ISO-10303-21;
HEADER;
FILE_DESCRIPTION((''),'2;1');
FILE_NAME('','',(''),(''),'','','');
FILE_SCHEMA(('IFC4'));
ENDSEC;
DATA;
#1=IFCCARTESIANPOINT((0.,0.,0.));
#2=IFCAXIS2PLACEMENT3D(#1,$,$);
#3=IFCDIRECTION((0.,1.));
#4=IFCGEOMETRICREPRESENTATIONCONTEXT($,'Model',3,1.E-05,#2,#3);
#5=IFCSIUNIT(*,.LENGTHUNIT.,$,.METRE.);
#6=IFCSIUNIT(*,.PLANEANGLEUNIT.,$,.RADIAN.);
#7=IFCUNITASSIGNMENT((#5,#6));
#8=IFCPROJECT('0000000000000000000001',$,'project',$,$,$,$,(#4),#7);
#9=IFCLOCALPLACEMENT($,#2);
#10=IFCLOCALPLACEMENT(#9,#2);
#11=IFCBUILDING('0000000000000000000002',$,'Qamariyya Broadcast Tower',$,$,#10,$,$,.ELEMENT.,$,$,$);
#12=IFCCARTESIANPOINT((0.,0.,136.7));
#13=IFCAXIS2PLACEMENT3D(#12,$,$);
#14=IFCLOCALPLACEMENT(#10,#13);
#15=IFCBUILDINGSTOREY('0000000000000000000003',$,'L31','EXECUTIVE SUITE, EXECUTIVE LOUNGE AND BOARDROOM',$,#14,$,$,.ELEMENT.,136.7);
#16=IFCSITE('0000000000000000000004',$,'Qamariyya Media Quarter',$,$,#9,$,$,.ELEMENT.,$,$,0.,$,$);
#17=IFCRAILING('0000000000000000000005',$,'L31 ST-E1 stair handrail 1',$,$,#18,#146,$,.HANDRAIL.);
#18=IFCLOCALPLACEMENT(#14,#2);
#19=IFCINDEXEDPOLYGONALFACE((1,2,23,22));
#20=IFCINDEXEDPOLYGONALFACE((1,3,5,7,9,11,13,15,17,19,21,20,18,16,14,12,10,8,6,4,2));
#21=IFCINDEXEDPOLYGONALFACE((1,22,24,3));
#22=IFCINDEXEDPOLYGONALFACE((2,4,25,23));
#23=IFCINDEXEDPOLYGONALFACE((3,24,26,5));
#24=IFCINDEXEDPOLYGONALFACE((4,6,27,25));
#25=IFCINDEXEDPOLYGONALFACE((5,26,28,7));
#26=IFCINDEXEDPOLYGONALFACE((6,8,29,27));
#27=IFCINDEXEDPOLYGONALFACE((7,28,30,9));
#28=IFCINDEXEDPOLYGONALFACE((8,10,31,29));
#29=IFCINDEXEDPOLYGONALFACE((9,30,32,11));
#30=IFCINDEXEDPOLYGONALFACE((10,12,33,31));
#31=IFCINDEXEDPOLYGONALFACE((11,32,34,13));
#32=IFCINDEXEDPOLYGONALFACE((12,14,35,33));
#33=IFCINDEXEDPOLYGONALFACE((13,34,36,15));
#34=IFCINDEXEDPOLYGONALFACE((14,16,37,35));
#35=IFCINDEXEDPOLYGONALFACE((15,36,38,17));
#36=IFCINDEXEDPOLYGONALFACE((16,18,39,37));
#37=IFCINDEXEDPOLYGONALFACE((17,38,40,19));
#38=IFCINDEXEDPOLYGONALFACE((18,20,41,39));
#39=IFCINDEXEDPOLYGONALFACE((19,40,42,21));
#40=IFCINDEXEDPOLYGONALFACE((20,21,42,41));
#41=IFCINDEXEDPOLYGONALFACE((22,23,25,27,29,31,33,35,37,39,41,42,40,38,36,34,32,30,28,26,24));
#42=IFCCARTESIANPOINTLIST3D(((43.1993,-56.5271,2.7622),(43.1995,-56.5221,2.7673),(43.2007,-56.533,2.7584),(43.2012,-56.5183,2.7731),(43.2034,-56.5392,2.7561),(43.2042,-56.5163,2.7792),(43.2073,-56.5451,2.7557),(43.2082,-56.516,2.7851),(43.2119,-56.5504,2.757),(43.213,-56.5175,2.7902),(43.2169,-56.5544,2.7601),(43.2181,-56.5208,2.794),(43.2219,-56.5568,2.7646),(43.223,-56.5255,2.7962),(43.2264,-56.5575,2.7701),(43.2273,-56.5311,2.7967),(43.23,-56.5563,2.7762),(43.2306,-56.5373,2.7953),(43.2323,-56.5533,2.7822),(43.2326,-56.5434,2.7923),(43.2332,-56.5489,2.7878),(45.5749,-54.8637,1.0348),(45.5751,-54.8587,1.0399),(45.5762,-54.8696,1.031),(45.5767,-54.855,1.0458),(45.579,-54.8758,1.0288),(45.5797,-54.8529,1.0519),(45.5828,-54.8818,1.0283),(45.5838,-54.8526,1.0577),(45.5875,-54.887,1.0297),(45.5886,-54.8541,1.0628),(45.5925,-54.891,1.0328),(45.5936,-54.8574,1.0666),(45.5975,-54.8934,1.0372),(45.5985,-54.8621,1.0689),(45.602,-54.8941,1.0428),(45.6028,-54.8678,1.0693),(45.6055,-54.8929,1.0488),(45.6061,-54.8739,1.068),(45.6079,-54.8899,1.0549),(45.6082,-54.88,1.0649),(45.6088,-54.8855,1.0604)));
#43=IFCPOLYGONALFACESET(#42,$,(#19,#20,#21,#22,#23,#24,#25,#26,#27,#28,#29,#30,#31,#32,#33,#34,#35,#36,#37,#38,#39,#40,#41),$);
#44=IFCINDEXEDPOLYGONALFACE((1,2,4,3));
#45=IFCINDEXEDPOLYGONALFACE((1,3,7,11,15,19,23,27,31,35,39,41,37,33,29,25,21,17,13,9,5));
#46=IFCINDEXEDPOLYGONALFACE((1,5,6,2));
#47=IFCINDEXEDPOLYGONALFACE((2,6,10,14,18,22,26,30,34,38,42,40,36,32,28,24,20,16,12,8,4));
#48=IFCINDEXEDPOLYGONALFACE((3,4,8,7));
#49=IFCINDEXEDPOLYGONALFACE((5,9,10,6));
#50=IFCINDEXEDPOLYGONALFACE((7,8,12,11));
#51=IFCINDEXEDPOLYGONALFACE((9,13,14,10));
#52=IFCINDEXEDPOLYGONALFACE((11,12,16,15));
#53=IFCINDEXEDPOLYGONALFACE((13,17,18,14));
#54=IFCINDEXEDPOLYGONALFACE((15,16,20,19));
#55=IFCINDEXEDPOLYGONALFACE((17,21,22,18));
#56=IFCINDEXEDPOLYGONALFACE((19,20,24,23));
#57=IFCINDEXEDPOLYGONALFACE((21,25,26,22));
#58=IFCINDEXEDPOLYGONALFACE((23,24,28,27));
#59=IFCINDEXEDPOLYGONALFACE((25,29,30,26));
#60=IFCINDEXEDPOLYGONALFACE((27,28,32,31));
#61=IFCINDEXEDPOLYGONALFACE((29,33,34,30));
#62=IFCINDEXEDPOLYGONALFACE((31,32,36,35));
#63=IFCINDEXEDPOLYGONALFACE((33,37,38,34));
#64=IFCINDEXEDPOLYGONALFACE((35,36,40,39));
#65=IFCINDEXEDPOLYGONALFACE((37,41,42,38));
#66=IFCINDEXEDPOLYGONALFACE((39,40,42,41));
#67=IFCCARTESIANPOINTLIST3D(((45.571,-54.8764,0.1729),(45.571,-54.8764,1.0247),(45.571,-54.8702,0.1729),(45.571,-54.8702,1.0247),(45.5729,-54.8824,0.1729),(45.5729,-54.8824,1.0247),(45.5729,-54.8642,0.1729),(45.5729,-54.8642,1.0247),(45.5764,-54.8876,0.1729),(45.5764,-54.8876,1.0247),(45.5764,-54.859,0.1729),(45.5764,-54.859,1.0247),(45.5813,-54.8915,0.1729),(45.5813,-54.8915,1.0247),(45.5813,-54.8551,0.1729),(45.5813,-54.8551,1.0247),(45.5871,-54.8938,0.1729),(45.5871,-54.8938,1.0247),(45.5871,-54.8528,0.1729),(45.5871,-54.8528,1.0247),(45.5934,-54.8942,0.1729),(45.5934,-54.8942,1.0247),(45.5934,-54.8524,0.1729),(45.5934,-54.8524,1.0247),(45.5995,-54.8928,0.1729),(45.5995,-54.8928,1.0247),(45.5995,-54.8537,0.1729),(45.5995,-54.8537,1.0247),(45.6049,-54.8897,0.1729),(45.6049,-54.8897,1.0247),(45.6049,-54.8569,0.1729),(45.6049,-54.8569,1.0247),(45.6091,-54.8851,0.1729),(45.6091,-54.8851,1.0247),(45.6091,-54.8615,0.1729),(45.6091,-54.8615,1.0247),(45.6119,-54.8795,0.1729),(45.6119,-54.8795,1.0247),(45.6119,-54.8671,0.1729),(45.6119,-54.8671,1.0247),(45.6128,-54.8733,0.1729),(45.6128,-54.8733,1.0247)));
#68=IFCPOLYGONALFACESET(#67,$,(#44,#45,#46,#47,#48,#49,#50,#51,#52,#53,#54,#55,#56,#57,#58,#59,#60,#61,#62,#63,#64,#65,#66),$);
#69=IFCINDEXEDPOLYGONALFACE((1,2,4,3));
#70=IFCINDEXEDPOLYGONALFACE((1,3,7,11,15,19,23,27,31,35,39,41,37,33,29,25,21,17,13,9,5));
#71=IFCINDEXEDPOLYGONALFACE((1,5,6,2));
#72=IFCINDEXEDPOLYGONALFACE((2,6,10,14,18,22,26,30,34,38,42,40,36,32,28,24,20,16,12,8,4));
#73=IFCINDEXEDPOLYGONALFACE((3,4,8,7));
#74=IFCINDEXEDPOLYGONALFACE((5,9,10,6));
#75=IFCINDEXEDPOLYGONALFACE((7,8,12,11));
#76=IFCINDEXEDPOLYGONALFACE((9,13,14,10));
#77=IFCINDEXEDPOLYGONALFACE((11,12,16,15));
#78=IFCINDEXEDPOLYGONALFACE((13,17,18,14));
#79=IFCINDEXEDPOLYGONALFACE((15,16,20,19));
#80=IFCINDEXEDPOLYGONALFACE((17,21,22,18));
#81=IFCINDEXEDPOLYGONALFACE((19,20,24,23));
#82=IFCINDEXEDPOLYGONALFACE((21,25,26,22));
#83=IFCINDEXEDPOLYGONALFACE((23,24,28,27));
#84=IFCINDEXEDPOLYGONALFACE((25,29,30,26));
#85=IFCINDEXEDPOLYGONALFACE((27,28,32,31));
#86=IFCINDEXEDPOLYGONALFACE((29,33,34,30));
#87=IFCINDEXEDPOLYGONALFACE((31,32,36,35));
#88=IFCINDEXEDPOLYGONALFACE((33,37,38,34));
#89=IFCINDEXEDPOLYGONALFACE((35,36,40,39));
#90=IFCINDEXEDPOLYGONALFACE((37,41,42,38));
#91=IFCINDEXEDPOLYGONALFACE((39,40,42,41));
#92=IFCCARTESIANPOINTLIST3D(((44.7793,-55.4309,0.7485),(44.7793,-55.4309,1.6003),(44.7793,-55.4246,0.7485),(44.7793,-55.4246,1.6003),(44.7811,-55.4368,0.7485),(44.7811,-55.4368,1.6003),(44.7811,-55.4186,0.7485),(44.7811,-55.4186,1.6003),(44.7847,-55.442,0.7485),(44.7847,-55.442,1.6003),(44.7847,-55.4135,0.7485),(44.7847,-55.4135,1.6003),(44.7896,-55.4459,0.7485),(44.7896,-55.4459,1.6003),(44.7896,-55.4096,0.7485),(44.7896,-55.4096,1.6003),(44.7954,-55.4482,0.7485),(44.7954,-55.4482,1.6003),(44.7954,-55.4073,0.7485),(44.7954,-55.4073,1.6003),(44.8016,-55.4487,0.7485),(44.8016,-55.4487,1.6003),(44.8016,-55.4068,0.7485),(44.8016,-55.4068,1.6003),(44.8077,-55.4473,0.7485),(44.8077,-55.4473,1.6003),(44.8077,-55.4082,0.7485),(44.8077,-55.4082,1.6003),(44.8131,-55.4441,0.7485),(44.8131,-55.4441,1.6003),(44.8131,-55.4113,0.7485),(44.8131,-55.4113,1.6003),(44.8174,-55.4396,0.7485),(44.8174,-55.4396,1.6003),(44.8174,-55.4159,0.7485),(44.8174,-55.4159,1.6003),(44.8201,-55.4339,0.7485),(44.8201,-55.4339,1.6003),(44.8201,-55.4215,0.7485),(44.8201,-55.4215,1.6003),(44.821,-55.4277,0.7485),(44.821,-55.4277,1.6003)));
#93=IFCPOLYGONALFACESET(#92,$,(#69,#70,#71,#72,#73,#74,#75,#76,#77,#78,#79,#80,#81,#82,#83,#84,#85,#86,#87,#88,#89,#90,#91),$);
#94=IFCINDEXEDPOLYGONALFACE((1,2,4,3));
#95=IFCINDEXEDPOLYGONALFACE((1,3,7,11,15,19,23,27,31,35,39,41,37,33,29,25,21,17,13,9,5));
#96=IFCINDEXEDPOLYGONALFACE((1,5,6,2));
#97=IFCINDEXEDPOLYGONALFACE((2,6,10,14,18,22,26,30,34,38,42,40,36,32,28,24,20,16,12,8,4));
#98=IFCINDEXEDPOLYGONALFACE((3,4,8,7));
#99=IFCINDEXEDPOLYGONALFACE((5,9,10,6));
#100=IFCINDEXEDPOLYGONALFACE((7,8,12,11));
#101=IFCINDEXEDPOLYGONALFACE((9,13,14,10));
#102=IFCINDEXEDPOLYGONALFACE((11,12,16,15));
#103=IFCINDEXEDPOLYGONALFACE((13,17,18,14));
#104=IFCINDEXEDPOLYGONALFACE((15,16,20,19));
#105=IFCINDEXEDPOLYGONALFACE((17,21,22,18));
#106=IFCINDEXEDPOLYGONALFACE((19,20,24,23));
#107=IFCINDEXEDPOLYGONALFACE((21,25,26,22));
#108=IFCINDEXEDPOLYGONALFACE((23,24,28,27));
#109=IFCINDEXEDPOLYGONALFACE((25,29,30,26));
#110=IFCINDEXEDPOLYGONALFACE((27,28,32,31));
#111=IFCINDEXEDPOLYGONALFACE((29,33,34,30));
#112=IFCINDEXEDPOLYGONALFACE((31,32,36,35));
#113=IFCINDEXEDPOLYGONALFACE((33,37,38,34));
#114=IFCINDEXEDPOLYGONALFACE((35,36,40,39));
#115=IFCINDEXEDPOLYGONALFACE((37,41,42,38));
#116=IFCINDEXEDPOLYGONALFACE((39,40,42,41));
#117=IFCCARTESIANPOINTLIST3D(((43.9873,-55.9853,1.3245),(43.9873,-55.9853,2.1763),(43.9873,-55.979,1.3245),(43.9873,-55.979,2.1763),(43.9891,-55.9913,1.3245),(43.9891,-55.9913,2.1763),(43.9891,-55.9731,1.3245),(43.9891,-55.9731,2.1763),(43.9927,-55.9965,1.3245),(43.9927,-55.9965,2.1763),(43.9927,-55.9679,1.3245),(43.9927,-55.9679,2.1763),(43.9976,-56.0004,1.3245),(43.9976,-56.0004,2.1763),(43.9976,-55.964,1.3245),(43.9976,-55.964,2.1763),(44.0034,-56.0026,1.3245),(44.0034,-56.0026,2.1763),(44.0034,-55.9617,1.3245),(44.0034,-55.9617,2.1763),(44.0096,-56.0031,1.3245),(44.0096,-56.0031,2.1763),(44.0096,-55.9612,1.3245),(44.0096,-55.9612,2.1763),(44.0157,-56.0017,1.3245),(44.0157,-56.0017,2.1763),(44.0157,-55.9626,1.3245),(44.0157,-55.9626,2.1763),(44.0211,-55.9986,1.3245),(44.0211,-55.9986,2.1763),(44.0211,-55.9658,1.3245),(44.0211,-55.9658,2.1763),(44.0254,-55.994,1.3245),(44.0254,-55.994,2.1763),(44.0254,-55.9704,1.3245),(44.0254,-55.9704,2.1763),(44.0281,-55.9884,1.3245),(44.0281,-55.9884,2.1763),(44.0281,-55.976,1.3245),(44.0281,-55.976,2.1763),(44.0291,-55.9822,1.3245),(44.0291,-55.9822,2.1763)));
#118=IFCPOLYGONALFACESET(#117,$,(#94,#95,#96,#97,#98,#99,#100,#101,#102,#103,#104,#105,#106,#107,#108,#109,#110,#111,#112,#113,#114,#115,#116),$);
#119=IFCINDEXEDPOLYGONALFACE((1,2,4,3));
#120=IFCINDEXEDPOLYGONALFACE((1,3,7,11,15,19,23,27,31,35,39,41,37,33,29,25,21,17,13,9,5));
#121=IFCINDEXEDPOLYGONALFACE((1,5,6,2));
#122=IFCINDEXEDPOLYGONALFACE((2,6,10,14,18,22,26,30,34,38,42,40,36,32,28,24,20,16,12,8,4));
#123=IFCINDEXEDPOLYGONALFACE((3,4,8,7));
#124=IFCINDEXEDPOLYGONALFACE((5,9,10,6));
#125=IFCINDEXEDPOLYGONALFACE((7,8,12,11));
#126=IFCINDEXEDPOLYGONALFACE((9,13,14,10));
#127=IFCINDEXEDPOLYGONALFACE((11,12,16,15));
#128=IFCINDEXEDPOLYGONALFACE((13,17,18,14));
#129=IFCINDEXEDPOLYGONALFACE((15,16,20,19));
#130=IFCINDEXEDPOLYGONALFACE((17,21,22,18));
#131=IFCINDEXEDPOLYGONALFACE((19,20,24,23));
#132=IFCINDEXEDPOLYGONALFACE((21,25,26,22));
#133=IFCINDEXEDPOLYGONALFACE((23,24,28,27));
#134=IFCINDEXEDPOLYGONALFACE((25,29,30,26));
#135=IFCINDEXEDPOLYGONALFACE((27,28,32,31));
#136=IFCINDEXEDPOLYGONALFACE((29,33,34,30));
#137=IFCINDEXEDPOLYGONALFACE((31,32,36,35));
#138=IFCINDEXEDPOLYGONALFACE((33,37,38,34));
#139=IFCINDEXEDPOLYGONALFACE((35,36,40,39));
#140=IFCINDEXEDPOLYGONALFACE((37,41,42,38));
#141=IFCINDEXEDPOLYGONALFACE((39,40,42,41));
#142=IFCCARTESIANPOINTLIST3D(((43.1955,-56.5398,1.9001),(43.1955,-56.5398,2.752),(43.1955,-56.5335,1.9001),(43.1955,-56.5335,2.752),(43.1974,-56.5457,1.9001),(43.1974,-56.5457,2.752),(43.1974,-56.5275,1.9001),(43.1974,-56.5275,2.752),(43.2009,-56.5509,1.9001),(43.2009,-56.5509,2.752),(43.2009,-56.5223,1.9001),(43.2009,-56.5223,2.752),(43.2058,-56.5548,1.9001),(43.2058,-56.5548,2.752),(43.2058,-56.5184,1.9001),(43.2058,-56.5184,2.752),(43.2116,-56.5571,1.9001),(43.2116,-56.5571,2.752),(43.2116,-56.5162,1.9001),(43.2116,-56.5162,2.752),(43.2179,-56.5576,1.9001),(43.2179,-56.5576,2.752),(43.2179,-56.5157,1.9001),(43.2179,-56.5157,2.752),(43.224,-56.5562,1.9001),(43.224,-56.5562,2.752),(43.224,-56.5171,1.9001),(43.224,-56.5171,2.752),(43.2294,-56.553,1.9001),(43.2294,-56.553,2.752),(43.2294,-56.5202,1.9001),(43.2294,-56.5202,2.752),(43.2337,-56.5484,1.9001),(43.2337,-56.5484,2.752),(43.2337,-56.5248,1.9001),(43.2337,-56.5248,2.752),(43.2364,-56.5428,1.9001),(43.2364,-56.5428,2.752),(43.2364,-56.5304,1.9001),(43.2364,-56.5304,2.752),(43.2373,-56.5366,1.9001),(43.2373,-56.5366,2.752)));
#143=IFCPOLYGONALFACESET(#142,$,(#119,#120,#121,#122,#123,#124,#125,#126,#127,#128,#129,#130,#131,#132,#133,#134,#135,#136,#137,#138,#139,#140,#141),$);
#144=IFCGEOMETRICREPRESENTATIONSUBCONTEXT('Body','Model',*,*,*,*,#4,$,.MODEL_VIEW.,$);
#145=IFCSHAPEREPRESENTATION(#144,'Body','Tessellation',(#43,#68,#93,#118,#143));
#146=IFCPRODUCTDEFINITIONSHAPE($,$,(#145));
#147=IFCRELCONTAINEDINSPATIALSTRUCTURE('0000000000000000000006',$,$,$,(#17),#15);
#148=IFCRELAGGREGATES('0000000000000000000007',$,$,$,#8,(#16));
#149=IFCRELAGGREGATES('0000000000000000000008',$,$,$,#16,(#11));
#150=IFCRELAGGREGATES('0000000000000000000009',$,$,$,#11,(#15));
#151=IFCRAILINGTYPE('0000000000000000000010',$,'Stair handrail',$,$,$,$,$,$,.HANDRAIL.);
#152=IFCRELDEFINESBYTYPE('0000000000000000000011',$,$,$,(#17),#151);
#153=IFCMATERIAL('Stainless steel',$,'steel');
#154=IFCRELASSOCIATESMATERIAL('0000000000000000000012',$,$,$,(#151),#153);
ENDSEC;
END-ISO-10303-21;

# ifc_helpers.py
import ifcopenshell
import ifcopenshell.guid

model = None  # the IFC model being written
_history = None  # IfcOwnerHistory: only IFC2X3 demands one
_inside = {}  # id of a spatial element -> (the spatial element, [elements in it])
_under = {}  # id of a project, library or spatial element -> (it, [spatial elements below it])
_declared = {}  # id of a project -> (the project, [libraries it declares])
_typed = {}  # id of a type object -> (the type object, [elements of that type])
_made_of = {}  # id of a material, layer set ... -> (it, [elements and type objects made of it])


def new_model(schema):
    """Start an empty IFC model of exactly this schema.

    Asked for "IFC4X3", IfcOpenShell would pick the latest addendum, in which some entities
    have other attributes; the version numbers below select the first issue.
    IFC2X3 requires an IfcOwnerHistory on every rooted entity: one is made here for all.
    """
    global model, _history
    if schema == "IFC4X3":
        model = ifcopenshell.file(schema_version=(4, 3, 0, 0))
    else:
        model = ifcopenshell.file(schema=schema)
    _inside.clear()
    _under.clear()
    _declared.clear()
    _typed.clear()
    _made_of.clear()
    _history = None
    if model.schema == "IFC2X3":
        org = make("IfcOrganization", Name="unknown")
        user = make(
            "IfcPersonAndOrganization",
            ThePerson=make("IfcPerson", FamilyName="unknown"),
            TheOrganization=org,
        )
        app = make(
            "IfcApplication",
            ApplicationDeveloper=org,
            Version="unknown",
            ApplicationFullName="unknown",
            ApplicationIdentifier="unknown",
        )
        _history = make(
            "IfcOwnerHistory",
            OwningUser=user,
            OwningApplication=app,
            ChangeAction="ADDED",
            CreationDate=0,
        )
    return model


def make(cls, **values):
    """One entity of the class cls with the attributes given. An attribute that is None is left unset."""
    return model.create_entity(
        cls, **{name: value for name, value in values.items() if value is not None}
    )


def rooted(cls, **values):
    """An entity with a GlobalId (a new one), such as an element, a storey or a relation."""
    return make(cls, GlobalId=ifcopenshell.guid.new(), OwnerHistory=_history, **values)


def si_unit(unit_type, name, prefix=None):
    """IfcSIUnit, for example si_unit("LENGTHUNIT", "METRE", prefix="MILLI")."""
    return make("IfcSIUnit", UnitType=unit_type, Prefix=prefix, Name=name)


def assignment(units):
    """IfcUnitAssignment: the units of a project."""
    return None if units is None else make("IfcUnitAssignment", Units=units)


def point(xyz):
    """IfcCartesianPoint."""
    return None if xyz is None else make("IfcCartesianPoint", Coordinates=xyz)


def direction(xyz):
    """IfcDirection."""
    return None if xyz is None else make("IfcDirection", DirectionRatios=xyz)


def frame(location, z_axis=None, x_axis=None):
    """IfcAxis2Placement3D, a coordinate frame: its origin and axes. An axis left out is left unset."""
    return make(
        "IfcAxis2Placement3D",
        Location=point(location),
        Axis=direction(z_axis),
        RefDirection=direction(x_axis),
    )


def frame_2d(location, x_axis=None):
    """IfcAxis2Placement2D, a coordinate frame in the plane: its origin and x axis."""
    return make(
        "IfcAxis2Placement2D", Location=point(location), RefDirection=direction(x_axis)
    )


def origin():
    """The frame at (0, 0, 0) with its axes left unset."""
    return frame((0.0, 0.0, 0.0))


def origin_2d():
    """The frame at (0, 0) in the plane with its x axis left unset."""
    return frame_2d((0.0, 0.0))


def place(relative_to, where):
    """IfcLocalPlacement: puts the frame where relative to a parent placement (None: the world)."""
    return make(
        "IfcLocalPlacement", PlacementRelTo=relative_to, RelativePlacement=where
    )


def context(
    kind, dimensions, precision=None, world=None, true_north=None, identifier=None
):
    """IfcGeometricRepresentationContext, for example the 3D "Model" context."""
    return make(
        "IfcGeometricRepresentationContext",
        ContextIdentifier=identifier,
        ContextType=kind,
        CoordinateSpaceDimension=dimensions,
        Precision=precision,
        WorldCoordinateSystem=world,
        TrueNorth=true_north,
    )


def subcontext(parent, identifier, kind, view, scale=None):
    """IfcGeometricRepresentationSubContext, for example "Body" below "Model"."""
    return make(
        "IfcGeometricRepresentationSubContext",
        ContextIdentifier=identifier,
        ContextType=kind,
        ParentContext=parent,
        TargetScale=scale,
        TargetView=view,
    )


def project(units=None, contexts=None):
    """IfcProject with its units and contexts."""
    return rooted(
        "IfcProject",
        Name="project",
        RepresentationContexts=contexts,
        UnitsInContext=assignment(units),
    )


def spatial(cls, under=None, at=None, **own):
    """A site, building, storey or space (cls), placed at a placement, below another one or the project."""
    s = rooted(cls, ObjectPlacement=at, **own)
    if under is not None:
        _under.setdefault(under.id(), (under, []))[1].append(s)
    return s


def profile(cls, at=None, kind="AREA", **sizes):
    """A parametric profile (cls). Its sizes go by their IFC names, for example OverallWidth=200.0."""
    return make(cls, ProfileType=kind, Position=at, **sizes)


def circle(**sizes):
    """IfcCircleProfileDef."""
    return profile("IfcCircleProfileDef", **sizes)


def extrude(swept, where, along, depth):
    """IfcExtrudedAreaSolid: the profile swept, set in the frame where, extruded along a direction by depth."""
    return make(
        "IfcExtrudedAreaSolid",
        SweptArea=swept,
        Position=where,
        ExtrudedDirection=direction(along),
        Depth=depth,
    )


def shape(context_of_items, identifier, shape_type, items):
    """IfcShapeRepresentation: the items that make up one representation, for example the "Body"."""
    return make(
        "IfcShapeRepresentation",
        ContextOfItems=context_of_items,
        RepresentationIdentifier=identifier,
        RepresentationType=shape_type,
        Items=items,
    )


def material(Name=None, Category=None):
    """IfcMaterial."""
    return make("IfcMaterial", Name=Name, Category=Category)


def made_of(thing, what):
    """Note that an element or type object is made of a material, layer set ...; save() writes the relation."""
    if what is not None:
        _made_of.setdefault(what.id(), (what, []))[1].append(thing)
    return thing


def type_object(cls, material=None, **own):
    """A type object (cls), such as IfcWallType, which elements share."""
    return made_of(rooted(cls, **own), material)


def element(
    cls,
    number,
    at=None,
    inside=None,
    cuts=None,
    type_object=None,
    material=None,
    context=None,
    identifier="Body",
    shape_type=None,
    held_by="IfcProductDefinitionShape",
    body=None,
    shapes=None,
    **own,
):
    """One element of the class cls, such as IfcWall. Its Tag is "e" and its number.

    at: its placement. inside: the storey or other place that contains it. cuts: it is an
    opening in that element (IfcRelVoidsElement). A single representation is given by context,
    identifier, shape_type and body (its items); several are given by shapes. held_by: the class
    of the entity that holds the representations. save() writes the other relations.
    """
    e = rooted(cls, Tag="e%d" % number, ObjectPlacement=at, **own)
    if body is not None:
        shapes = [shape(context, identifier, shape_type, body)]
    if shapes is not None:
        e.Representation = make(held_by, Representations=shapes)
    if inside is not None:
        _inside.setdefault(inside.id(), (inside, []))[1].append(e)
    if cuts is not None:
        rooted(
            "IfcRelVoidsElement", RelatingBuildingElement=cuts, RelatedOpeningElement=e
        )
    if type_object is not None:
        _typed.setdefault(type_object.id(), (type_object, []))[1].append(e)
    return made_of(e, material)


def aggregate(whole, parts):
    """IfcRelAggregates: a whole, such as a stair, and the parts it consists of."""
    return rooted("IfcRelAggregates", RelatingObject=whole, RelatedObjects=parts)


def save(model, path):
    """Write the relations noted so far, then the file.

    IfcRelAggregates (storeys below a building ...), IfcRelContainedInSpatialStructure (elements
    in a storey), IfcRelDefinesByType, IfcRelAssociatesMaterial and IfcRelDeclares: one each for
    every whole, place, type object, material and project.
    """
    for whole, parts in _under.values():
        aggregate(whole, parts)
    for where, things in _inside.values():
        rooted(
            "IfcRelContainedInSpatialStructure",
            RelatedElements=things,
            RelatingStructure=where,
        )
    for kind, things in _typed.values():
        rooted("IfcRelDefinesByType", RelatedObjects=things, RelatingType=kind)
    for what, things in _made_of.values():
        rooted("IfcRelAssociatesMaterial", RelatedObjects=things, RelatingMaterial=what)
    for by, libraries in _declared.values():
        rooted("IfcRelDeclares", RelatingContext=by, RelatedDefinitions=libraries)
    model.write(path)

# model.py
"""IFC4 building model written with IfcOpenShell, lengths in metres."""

from ifc_helpers import new_model, si_unit, direction, frame, origin, origin_2d, place, context, subcontext, project, spatial, circle, extrude, material, type_object, element, save


model = new_model("IFC4")

# Units and contexts
model_context = context("Model", 3, precision=1e-05, world=origin(), true_north=direction((0.0, 1.0)))
body_context = subcontext(model_context, "Body", "Model", "MODEL_VIEW")
ifc_project = project(units=[si_unit("LENGTHUNIT", "METRE"), si_unit("PLANEANGLEUNIT", "RADIAN")], contexts=[model_context])

# Site, building, storey
site_placement = place(None, origin())
site = spatial("IfcSite", under=ifc_project, at=site_placement, Name="Qamariyya Media Quarter", CompositionType="ELEMENT", RefElevation=0.0)
building_placement = place(site_placement, origin())
building = spatial("IfcBuilding", under=site, at=building_placement, Name="Qamariyya Broadcast Tower", CompositionType="ELEMENT")
storey_placement = place(building_placement, frame((0.0, 0.0, 136.7)))
storey = spatial("IfcBuildingStorey", under=building, at=storey_placement, Name="L31", Description="EXECUTIVE SUITE, EXECUTIVE LOUNGE AND BOARDROOM", CompositionType="ELEMENT", Elevation=136.7)

# Railing
ifc_material_1 = material(Name="Stainless steel", Category="steel")
railing_type = type_object("IfcRailingType", Name="Stair handrail", PredefinedType="HANDRAIL", material=ifc_material_1)
railing_placement = place(storey_placement, frame((45.5918, -54.8733, 0.1729)))
element("IfcRailing", 1, at=railing_placement, inside=storey, type_object=railing_type, Name="L31 ST-E1 stair handrail 1", PredefinedType="HANDRAIL", context=body_context, shape_type="SweptSolid", body=[
    extrude(circle(Radius=0.0239, at=origin_2d()), frame((0.0, 0.0, 0.876), z_axis=(-0.70377, -0.492784, 0.511734), x_axis=(0.573575, -0.819153, 0.0)), (0.0, 0.0, 1.0), 3.3755),
    extrude(circle(Radius=0.021, at=origin_2d()), origin(), (0.0, 0.0, 1.0), 0.8518),
    extrude(circle(Radius=0.021, at=origin_2d()), frame((-0.7917, -0.5544, 0.5757)), (0.0, 0.0, 1.0), 0.8518),
    extrude(circle(Radius=0.021, at=origin_2d()), frame((-1.5837, -1.1089, 1.1516)), (0.0, 0.0, 1.0), 0.8518),
    extrude(circle(Radius=0.021, at=origin_2d()), frame((-2.3755, -1.6633, 1.7273)), (0.0, 0.0, 1.0), 0.8518),
])

save(model, "model.ifc")
